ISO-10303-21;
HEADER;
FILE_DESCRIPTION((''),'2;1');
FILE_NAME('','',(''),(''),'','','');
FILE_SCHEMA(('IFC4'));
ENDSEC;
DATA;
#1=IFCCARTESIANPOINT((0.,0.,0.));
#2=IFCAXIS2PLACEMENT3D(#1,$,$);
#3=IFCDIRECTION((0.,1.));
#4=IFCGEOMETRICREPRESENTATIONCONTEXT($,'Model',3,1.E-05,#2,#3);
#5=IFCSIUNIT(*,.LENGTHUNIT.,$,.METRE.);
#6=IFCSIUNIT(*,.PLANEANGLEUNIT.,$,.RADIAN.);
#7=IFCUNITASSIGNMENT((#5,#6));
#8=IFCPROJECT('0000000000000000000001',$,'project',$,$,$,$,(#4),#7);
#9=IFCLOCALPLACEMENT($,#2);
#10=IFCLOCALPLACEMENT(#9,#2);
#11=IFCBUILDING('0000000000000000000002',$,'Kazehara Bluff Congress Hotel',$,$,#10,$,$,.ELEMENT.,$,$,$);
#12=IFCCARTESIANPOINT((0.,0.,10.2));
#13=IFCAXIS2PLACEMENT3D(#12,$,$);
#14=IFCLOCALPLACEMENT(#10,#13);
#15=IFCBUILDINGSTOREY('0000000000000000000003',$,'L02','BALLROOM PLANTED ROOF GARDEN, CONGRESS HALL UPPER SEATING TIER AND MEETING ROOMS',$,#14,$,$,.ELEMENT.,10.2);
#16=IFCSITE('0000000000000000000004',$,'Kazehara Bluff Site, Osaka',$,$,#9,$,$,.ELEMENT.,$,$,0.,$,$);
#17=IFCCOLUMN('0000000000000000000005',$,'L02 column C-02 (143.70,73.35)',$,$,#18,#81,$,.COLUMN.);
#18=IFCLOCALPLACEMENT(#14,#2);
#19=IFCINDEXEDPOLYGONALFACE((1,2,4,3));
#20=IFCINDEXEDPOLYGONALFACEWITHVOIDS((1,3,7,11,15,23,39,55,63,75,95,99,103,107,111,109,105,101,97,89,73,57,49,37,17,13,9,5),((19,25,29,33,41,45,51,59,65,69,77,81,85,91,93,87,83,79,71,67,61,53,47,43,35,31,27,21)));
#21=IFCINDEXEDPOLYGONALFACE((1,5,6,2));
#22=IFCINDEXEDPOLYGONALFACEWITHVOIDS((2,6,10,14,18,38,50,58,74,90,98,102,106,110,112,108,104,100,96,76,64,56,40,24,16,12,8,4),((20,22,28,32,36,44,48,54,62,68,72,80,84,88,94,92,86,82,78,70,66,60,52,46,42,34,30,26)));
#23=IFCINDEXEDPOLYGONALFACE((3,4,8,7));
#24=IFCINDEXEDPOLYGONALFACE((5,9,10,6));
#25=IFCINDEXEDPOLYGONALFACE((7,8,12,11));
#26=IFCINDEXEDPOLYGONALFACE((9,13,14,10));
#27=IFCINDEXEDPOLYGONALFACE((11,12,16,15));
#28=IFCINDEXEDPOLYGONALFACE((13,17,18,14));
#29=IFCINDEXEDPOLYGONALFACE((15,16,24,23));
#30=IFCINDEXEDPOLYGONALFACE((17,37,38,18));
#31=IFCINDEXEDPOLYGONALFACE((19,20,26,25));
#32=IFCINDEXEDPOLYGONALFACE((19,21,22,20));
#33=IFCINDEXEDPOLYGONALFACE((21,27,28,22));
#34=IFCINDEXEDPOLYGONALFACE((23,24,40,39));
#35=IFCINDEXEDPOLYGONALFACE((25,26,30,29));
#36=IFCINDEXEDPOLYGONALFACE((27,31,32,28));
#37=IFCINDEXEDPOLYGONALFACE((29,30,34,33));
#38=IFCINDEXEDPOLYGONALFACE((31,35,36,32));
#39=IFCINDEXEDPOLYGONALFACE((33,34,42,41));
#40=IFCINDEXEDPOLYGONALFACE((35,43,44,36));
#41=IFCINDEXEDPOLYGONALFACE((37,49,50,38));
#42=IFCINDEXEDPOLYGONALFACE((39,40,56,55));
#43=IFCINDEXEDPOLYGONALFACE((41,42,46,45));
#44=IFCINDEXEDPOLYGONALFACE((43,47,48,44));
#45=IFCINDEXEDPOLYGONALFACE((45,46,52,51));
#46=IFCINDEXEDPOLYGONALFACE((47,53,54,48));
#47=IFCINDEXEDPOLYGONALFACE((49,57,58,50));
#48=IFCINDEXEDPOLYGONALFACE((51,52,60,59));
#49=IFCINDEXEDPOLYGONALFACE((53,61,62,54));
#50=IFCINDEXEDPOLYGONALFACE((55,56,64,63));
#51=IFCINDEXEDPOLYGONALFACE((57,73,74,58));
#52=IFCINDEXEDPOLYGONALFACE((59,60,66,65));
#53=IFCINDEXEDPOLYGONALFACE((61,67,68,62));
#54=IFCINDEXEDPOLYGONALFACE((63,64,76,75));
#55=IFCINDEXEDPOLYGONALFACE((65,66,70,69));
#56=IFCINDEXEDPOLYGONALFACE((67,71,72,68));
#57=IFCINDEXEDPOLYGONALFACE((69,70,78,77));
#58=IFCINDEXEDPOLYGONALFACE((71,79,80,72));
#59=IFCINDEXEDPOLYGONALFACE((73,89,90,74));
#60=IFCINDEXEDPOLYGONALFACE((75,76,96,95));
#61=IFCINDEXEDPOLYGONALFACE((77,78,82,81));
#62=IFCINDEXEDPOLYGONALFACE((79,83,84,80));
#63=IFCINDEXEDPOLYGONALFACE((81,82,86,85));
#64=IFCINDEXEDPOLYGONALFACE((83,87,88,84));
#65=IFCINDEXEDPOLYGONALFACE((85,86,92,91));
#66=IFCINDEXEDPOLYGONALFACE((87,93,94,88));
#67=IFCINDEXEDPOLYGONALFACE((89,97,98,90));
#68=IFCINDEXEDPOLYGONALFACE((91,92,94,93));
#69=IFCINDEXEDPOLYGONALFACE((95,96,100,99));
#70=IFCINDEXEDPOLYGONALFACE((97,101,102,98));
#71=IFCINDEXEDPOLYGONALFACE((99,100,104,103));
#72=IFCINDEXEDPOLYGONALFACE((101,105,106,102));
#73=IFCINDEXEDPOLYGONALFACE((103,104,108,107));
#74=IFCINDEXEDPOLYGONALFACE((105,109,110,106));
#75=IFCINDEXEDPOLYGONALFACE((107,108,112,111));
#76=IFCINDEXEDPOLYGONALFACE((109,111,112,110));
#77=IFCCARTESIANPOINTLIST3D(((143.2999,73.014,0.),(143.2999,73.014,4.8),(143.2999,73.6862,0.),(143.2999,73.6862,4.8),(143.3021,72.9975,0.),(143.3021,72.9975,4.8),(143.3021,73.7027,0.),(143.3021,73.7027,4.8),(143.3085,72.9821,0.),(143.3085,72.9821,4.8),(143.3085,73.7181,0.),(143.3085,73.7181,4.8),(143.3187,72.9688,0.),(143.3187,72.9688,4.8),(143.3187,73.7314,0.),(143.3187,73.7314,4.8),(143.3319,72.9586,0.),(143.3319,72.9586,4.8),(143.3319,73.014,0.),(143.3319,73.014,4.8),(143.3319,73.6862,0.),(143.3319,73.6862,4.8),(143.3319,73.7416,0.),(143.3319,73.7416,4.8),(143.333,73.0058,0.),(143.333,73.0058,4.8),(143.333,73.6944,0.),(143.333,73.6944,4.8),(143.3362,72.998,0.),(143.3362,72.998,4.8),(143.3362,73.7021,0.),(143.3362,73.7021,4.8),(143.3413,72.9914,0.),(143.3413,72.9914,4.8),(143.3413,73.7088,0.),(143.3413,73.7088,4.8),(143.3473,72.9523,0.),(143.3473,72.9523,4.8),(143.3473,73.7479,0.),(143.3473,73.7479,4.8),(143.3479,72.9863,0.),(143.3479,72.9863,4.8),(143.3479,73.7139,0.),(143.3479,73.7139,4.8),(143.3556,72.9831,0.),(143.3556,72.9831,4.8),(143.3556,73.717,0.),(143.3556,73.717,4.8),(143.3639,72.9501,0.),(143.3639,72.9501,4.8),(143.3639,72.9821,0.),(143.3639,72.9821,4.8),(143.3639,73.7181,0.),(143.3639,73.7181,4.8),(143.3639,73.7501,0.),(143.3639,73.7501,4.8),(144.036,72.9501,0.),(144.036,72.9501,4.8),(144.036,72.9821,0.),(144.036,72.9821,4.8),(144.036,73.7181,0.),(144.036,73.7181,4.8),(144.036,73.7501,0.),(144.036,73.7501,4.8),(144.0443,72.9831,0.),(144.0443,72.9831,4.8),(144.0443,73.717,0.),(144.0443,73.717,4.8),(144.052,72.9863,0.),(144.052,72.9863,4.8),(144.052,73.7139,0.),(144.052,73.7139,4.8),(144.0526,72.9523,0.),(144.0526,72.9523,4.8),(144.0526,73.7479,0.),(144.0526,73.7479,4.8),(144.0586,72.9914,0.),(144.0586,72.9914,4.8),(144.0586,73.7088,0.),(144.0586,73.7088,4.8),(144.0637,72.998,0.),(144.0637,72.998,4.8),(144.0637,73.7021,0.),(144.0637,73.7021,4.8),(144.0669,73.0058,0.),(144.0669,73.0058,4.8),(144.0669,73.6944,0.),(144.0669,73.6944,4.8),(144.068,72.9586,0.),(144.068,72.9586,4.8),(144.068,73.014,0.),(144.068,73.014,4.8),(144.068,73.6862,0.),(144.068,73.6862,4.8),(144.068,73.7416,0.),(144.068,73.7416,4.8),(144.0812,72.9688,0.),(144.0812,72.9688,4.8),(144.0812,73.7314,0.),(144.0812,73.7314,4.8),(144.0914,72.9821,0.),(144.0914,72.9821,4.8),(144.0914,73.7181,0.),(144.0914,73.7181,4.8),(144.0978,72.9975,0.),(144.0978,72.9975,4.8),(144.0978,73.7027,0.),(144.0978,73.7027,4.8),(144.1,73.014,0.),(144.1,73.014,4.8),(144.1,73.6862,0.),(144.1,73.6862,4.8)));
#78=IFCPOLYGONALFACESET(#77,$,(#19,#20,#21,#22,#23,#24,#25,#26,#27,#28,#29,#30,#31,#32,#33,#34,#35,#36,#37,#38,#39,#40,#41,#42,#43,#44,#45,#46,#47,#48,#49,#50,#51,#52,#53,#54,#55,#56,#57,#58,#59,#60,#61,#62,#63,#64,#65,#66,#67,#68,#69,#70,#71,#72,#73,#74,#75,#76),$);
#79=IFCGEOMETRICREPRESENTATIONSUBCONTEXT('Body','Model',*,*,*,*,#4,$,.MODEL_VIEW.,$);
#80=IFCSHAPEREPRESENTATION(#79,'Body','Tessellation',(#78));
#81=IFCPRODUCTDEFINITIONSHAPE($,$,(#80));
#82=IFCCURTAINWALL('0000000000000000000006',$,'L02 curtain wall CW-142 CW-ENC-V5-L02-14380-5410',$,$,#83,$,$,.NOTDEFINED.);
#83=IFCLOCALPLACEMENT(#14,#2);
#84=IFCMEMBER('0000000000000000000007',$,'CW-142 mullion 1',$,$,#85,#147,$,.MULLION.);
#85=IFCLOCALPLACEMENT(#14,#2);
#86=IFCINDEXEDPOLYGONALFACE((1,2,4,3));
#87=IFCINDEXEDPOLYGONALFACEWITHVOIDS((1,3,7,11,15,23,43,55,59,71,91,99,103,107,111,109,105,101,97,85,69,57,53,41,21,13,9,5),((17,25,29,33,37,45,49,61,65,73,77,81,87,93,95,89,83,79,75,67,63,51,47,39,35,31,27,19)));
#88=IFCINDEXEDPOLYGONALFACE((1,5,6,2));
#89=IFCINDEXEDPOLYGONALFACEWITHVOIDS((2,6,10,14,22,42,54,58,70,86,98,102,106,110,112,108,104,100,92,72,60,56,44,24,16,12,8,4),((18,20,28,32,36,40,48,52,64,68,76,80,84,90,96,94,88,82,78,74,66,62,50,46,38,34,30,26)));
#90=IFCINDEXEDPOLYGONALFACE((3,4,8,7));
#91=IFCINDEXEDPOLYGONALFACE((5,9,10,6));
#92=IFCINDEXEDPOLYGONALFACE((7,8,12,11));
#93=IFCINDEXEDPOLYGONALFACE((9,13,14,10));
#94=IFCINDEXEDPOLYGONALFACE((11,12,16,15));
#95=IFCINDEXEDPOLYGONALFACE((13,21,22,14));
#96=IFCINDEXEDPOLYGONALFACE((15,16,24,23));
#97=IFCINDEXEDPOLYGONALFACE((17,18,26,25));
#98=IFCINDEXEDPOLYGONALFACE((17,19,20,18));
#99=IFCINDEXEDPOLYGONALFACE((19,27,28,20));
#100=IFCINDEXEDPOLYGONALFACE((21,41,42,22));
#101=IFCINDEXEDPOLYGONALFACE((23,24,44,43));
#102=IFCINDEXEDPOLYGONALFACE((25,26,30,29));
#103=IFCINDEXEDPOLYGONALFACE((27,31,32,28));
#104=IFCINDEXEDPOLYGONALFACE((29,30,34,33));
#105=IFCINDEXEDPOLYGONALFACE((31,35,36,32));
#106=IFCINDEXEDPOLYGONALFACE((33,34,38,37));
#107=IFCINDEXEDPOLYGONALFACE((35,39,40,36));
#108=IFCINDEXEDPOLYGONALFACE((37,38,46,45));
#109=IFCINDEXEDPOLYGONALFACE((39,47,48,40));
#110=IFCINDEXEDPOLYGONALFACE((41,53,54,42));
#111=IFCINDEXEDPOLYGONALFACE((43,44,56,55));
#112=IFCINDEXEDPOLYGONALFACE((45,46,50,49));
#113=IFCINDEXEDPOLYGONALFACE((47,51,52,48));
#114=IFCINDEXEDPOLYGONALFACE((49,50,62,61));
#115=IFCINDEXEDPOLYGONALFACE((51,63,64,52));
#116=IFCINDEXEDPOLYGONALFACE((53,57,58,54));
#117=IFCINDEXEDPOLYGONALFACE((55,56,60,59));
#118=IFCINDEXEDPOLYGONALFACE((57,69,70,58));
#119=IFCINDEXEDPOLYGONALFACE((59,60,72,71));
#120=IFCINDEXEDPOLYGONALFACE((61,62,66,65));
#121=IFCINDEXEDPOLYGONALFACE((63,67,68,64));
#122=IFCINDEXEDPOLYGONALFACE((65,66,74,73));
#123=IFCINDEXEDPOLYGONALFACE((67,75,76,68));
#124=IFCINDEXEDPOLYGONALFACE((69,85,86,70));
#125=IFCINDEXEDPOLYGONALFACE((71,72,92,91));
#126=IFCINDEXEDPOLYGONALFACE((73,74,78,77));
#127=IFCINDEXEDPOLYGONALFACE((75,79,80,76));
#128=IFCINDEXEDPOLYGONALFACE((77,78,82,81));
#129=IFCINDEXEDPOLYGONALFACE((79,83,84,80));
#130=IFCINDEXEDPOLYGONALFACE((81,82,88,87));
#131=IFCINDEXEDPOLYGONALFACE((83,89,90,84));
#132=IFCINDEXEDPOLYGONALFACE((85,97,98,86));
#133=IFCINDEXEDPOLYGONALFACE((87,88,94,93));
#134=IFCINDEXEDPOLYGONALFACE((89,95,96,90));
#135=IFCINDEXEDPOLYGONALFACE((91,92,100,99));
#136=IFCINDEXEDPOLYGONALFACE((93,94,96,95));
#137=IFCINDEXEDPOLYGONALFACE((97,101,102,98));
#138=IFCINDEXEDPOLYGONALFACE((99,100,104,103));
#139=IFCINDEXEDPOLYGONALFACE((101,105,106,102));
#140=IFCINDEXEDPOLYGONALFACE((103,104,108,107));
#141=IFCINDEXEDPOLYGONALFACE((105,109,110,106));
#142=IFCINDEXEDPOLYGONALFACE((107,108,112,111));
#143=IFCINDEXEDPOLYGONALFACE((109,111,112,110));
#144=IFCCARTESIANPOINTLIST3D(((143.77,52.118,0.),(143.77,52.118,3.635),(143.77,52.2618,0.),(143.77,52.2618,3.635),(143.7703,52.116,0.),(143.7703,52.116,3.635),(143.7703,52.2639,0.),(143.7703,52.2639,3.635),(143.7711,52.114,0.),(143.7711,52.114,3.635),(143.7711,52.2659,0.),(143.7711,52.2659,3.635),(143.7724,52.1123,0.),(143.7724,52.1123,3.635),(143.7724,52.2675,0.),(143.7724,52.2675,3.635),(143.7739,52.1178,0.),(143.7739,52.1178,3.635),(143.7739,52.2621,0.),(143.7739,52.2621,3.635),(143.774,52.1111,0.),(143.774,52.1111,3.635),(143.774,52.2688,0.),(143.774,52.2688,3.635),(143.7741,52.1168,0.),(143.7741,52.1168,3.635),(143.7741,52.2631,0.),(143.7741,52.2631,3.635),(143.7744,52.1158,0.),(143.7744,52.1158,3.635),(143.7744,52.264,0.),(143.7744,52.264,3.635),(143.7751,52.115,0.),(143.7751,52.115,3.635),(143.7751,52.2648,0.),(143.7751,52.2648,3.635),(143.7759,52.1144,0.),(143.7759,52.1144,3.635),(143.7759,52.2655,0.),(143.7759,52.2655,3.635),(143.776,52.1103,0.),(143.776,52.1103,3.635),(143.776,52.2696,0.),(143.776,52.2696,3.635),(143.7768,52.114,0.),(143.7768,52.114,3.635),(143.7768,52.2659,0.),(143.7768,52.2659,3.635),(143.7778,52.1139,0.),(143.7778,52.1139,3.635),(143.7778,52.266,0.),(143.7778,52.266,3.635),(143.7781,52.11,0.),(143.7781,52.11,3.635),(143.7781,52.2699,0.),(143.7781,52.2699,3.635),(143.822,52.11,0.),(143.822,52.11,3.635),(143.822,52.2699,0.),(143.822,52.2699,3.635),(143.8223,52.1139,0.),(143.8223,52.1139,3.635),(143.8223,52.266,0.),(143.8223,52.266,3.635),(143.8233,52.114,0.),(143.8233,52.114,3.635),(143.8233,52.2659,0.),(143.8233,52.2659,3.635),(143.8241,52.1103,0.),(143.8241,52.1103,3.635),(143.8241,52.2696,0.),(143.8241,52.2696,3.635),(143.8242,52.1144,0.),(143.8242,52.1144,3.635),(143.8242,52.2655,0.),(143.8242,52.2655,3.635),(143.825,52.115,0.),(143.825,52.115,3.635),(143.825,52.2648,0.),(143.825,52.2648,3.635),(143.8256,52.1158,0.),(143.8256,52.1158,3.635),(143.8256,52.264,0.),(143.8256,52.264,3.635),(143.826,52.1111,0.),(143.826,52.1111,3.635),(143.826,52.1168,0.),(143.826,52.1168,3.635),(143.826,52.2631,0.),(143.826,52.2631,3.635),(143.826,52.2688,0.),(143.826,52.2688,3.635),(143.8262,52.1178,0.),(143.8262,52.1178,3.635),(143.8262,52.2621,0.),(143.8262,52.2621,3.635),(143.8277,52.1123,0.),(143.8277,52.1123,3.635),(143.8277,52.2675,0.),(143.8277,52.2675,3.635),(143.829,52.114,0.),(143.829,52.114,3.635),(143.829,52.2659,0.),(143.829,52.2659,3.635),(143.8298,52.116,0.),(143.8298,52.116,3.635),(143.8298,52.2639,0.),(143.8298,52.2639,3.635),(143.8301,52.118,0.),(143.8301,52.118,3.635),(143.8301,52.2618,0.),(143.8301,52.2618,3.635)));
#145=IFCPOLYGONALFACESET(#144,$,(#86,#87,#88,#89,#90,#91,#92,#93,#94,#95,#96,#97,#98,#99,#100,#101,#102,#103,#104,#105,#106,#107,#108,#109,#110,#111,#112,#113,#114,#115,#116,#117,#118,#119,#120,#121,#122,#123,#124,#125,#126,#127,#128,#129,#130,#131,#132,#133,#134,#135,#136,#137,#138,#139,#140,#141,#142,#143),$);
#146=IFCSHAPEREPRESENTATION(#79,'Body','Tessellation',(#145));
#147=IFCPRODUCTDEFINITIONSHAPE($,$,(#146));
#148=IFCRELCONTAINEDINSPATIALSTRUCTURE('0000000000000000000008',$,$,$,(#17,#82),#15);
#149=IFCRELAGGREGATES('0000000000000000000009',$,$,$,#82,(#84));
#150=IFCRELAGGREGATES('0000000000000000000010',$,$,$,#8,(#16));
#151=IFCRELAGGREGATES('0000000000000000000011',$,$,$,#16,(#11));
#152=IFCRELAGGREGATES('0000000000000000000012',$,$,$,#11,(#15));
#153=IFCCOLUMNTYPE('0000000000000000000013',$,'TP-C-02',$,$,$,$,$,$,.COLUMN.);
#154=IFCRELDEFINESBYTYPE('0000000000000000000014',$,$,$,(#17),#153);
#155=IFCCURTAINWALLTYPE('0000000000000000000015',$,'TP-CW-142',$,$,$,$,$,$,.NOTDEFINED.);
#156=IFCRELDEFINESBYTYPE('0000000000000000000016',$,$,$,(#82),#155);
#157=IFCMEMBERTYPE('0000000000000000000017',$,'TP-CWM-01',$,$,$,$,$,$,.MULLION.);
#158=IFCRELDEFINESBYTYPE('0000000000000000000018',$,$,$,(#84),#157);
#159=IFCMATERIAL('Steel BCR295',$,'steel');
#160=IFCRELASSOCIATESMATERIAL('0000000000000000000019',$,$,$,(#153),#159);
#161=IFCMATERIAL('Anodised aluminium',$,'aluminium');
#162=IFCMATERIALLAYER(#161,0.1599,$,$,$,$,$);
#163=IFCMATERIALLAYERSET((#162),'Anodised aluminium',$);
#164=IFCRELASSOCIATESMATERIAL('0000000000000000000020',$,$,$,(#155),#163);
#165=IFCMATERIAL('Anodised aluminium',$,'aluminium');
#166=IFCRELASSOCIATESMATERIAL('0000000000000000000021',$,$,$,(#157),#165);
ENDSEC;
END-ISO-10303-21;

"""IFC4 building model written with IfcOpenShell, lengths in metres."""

from ifc_helpers import new_model, si_unit, direction, frame, origin, origin_2d, place, context, subcontext, project, spatial, hollow_rectangle, extrude, material, layer, layer_set, material_profile, profile_set, type_object, element, aggregate, save


model = new_model("IFC4")

# Units and contexts
model_context = context("Model", 3, precision=1e-05, world=origin(), true_north=direction((0.0, 1.0)))
body_context = subcontext(model_context, "Body", "Model", "MODEL_VIEW")
ifc_project = project(units=[si_unit("LENGTHUNIT", "METRE"), si_unit("PLANEANGLEUNIT", "RADIAN")], contexts=[model_context])

# Site, building, storey
site_placement = place(None, origin())
site = spatial("IfcSite", under=ifc_project, at=site_placement, Name="Kazehara Bluff Site, Osaka", CompositionType="ELEMENT", RefElevation=0.0)
building_placement = place(site_placement, origin())
building = spatial("IfcBuilding", under=site, at=building_placement, Name="Kazehara Bluff Congress Hotel", CompositionType="ELEMENT")
storey_placement = place(building_placement, frame((0.0, 0.0, 10.2)))
storey = spatial("IfcBuildingStorey", under=building, at=storey_placement, Name="L02", Description="BALLROOM PLANTED ROOF GARDEN, CONGRESS HALL UPPER SEATING TIER AND MEETING ROOMS", CompositionType="ELEMENT", Elevation=10.2)

# Column
ifc_material_1 = material(Name="Steel BCR295", Category="steel")
ifc_material_profile_1 = material_profile(ifc_material_1, hollow_rectangle(XDim=0.8, YDim=0.8, WallThickness=0.032, InnerFilletRadius=0.032, OuterFilletRadius=0.064, at=origin_2d()))
ifc_profile_set_1 = profile_set([ifc_material_profile_1], Name="Steel BCR295")
column_type = type_object("IfcColumnType", Name="TP-C-02", PredefinedType="COLUMN", material=ifc_profile_set_1)
column_placement = place(storey_placement, frame((143.7, 73.3501, 0.0), z_axis=(0.0, 0.0, 1.0), x_axis=(1.0, 0.0, 0.0)))
element("IfcColumn", 1, at=column_placement, inside=storey, type_object=column_type, Name="L02 column C-02 (143.70,73.35)", PredefinedType="COLUMN", context=body_context, shape_type="SweptSolid", body=[
    extrude(hollow_rectangle(XDim=0.8, YDim=0.8, WallThickness=0.032, InnerFilletRadius=0.032, OuterFilletRadius=0.064, at=origin_2d()), origin(), (0.0, 0.0, 1.0), 4.8),
])

# Curtain wall, member
ifc_material_2 = material(Name="Anodised aluminium", Category="aluminium")
ifc_layer_1 = layer(ifc_material_2, 0.1599)
ifc_layer_set_1 = layer_set([ifc_layer_1], Name="Anodised aluminium")
curtain_wall_type_1 = type_object("IfcCurtainWallType", Name="TP-CW-142", PredefinedType="NOTDEFINED", material=ifc_layer_set_1)
curtain_wall_1_placement = place(storey_placement, origin())
curtain_wall_1 = element("IfcCurtainWall", 2, at=curtain_wall_1_placement, inside=storey, type_object=curtain_wall_type_1, Name="L02 curtain wall CW-142 CW-ENC-V5-L02-14380-5410", PredefinedType="NOTDEFINED")
ifc_material_3 = material(Name="Anodised aluminium", Category="aluminium")
ifc_material_profile_2 = material_profile(ifc_material_3, hollow_rectangle(XDim=0.0601, YDim=0.1599, WallThickness=0.0039, InnerFilletRadius=0.0039, OuterFilletRadius=0.0081, at=origin_2d()))
ifc_profile_set_2 = profile_set([ifc_material_profile_2], Name="Anodised aluminium")
member_type_1 = type_object("IfcMemberType", Name="TP-CWM-01", PredefinedType="MULLION", material=ifc_profile_set_2)
member_1_placement = place(storey_placement, frame((143.8, 52.1899, 0.0), z_axis=(0.0, 0.0, 1.0), x_axis=(-1.0, 0.0, 0.0)))
member_1 = element("IfcMember", 3, at=member_1_placement, type_object=member_type_1, Name="CW-142 mullion 1", PredefinedType="MULLION", context=body_context, shape_type="SweptSolid", body=[
    extrude(hollow_rectangle(XDim=0.0601, YDim=0.1599, WallThickness=0.0039, InnerFilletRadius=0.0039, OuterFilletRadius=0.0081, at=origin_2d()), origin(), (0.0, 0.0, 1.0), 3.635),
])

aggregate(curtain_wall_1, [member_1])

save(model, "model.ifc")
